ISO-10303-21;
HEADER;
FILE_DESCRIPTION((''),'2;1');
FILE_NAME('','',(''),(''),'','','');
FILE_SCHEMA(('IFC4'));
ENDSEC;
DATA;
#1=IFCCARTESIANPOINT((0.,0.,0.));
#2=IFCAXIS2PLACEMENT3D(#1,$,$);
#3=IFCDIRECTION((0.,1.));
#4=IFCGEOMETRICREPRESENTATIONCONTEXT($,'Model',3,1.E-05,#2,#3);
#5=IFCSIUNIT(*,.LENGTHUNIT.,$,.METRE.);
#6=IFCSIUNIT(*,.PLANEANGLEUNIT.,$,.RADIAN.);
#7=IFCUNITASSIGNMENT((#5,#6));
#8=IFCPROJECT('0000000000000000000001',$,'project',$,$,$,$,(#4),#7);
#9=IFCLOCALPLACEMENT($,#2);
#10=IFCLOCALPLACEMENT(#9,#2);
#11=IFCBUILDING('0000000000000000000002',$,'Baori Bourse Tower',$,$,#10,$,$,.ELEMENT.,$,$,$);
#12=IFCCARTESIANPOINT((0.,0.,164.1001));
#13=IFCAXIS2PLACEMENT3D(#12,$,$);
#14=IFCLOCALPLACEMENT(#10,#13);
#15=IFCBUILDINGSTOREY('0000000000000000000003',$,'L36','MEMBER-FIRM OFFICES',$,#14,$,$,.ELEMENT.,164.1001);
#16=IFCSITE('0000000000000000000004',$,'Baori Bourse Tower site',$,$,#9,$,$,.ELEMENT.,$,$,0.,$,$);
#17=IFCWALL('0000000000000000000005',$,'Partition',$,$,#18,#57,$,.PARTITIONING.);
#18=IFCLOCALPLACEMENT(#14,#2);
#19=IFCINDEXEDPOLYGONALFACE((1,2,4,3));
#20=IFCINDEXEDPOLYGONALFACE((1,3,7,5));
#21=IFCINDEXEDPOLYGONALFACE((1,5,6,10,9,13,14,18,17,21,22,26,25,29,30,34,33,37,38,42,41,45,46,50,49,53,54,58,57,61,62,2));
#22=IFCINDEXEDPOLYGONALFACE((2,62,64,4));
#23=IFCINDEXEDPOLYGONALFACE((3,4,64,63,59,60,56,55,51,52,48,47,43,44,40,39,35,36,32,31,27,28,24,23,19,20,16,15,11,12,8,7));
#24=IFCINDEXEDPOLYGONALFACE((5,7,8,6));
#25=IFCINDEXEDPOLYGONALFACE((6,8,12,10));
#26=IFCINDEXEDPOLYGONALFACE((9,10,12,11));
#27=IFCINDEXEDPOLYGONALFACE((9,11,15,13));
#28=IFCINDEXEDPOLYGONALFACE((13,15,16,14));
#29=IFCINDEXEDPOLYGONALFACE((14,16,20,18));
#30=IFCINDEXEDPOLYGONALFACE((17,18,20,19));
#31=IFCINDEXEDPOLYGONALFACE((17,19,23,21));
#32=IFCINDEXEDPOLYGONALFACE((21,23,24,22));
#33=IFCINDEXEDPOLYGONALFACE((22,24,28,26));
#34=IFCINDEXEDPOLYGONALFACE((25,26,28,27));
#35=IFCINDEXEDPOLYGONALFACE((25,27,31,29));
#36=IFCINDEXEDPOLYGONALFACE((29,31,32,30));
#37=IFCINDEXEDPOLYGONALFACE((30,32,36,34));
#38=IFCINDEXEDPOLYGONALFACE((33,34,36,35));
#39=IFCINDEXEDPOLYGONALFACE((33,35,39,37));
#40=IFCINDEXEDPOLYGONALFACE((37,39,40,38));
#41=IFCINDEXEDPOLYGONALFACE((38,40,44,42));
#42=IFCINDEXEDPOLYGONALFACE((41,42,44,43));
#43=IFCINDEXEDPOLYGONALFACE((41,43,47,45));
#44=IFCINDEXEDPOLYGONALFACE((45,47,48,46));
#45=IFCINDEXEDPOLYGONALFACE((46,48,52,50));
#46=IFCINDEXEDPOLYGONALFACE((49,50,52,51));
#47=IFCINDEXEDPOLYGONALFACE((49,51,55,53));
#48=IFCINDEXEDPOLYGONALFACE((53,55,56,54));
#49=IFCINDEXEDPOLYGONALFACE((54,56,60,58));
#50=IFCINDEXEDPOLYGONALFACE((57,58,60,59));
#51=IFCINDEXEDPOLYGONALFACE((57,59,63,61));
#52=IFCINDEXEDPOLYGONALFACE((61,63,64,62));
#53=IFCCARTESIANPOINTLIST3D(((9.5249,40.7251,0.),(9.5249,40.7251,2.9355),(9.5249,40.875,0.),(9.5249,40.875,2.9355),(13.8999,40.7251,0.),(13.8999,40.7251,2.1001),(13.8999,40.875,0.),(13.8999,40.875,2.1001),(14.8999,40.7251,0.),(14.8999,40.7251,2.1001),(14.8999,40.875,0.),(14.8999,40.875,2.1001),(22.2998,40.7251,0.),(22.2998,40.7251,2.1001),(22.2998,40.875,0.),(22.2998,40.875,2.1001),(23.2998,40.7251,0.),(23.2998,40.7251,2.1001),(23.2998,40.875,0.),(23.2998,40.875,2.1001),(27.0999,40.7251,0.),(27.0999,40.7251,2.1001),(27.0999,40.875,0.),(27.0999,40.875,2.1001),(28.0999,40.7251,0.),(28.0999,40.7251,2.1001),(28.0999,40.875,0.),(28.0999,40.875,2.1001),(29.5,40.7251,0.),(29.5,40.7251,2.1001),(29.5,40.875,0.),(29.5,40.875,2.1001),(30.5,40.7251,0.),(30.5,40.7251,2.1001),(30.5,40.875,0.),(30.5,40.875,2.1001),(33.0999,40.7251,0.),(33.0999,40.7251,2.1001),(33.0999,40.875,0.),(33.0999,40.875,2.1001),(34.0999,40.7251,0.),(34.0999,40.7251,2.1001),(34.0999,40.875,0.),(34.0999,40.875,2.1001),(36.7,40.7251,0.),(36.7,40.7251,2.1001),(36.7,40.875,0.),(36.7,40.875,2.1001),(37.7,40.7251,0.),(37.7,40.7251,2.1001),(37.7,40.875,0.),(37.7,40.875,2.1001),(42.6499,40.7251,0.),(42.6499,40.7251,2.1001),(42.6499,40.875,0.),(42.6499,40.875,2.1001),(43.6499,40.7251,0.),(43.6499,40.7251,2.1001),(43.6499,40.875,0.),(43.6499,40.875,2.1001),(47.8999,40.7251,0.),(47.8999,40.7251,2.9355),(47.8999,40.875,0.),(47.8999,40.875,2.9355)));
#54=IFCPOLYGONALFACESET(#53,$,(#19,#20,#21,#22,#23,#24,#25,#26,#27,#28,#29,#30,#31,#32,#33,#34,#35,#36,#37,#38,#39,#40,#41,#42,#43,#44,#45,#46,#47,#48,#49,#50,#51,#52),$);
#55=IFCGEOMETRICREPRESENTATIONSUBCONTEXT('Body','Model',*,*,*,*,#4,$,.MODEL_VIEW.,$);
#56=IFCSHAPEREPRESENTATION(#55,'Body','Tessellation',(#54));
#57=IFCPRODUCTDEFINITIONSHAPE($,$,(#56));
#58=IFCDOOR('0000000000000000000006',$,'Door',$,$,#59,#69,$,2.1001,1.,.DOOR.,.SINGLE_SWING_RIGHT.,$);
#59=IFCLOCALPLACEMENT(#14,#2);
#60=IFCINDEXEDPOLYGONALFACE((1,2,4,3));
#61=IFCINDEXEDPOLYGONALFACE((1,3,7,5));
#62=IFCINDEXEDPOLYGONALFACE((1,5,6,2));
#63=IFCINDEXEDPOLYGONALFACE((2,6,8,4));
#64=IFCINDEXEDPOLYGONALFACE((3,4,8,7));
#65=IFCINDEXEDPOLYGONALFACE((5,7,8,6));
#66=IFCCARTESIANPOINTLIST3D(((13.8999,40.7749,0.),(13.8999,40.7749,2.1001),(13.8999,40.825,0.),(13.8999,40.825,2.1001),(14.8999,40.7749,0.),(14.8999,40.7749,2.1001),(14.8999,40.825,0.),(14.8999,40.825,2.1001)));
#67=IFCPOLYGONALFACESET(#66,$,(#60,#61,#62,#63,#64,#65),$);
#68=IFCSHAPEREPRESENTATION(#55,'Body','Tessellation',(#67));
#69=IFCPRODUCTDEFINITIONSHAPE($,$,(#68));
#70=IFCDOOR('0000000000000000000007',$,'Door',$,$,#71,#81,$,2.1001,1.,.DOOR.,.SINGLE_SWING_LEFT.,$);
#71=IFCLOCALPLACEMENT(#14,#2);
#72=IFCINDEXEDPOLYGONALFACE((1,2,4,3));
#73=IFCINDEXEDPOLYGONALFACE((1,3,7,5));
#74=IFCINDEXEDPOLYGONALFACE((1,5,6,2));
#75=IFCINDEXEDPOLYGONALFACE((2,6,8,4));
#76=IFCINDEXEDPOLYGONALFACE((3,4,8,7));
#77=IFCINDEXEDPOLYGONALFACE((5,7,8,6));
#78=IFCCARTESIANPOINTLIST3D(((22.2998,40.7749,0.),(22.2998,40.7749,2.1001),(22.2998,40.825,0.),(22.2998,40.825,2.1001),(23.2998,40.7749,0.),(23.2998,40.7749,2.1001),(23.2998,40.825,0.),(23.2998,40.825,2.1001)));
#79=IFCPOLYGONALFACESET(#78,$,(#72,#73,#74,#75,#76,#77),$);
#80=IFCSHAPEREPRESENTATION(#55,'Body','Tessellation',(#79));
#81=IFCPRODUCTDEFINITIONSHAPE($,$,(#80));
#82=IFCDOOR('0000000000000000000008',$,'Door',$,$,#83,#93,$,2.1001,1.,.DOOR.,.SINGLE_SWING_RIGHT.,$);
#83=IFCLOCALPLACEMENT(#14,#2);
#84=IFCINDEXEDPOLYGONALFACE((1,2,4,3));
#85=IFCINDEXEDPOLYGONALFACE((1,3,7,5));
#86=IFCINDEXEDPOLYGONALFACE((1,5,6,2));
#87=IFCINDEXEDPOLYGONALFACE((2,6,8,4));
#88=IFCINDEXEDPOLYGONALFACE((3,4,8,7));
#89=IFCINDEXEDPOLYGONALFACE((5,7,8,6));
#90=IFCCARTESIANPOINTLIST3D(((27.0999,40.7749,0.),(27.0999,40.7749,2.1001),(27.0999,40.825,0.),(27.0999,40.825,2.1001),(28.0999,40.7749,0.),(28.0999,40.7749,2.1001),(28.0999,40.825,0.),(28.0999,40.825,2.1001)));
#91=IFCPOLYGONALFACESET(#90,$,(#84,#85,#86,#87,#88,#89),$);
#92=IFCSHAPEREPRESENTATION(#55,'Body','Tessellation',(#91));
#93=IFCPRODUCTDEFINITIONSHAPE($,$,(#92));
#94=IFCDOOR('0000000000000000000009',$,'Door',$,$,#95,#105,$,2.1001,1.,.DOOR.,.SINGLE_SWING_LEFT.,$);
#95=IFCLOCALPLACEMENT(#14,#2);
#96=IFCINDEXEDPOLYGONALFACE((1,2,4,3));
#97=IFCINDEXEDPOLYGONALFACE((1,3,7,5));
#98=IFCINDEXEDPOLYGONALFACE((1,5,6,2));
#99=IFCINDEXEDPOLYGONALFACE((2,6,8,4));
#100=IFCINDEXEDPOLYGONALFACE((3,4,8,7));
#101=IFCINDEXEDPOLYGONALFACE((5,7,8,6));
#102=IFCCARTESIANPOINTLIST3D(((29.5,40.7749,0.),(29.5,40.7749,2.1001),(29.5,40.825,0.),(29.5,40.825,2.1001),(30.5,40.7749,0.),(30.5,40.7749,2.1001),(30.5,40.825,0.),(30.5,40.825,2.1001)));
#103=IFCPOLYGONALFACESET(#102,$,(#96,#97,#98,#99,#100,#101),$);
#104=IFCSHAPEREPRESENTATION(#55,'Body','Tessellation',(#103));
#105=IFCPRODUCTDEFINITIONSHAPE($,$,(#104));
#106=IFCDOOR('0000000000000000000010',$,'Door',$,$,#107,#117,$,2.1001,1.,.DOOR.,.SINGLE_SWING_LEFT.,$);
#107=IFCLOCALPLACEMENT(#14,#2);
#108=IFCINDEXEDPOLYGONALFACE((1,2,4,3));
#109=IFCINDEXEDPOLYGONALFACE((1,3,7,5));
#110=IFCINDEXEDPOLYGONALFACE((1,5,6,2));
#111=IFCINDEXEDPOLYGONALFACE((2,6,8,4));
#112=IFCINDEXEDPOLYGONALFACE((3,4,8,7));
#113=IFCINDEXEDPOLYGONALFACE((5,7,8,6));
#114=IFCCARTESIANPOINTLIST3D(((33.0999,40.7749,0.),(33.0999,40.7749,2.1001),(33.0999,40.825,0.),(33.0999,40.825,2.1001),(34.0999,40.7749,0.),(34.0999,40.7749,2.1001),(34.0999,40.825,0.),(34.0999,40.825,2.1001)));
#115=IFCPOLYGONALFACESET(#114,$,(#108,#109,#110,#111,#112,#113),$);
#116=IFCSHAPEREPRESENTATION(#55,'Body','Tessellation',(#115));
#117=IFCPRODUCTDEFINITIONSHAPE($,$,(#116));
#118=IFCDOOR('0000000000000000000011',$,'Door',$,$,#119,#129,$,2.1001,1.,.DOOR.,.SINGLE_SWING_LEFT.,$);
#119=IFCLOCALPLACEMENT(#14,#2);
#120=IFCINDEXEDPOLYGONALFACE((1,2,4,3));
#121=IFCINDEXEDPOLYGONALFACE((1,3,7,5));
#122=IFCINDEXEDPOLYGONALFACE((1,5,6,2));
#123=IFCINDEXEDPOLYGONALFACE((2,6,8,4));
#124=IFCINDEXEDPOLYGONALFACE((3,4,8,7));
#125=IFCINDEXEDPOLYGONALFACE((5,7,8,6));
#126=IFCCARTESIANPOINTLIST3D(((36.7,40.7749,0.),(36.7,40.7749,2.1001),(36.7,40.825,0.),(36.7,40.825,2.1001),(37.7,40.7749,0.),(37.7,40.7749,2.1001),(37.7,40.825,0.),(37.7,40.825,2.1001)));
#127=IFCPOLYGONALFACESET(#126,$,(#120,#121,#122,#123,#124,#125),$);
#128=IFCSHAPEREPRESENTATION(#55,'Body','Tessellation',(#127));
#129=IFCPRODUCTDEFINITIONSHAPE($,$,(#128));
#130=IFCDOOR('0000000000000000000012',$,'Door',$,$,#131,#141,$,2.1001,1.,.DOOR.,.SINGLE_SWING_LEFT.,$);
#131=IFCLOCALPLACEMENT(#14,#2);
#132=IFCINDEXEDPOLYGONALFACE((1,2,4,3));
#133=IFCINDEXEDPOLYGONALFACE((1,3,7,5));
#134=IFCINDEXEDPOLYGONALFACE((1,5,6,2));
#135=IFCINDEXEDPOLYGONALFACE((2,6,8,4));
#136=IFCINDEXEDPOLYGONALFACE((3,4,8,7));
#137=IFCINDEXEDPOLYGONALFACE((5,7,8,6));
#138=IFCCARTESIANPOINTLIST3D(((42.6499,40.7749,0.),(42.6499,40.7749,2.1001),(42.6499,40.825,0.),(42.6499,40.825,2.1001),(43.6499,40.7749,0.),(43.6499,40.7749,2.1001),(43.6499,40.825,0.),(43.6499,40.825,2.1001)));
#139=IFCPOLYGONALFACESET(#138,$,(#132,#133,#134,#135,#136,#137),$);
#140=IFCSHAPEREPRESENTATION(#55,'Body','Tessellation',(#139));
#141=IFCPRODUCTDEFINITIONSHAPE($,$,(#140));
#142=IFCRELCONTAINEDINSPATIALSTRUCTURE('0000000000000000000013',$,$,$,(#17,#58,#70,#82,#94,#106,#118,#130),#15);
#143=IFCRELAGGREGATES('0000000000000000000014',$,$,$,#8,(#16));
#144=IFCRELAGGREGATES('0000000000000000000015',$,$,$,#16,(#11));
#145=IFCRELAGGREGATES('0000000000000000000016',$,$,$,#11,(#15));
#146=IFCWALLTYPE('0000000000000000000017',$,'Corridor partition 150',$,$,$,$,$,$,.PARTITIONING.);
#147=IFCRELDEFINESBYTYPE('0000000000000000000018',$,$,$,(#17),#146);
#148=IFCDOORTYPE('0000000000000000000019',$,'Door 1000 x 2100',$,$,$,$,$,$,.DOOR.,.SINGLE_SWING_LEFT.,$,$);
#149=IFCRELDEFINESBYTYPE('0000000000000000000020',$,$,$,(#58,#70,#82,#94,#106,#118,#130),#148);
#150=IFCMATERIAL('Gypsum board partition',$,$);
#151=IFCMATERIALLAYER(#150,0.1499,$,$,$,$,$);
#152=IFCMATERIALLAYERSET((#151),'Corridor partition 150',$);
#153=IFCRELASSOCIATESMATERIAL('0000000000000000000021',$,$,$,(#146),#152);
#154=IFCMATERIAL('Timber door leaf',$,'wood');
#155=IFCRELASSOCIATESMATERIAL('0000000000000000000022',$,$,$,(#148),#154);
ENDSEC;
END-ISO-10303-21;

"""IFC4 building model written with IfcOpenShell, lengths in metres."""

from ifc_helpers import new_model, si_unit, direction, frame, frame_2d, origin, place, context, subcontext, project, spatial, rectangle, extrude, material, layer, layer_set, type_object, element, fill, save


model = new_model("IFC4")

# Units and contexts
model_context = context("Model", 3, precision=1e-05, world=origin(), true_north=direction((0.0, 1.0)))
body_context = subcontext(model_context, "Body", "Model", "MODEL_VIEW")
ifc_project = project(units=[si_unit("LENGTHUNIT", "METRE"), si_unit("PLANEANGLEUNIT", "RADIAN")], contexts=[model_context])

# Site, building, storey
site_placement = place(None, origin())
site = spatial("IfcSite", under=ifc_project, at=site_placement, Name="Baori Bourse Tower site", CompositionType="ELEMENT", RefElevation=0.0)
building_placement = place(site_placement, origin())
building = spatial("IfcBuilding", under=site, at=building_placement, Name="Baori Bourse Tower", CompositionType="ELEMENT")
storey_placement = place(building_placement, frame((0.0, 0.0, 164.1001)))
storey = spatial("IfcBuildingStorey", under=building, at=storey_placement, Name="L36", Description="MEMBER-FIRM OFFICES", CompositionType="ELEMENT", Elevation=164.1001)

# Wall, openings, doors
ifc_material_1 = material(Name="Gypsum board partition")
ifc_layer_1 = layer(ifc_material_1, 0.1499)
ifc_layer_set_1 = layer_set([ifc_layer_1], Name="Corridor partition 150")
wall_type_1 = type_object("IfcWallType", Name="Corridor partition 150", PredefinedType="PARTITIONING", material=ifc_layer_set_1)
wall_1_placement = place(storey_placement, frame((9.5249, 40.8, 0.0), z_axis=(0.0, 0.0, 1.0), x_axis=(1.0, 0.0, 0.0)))
wall_1 = element("IfcWall", 1, at=wall_1_placement, inside=storey, type_object=wall_type_1, Name="Partition", PredefinedType="PARTITIONING", context=body_context, shape_type="SweptSolid", body=[
    extrude(rectangle(XDim=38.375, YDim=0.1499, at=frame_2d((19.1875, 0.0))), origin(), (0.0, 0.0, 1.0), 2.9355),
])
opening_1_placement = place(wall_1_placement, frame((4.375, 0.0, 0.0)))
opening_1 = element("IfcOpeningElement", 2, at=opening_1_placement, cuts=wall_1, PredefinedType="OPENING", context=body_context, shape_type="SweptSolid", body=[
    extrude(rectangle(XDim=1.0, YDim=2.1001, at=frame_2d((0.5, 1.05))), frame((0.0, 0.085, 0.0), z_axis=(0.0, -1.0, 0.0), x_axis=(1.0, 0.0, 0.0)), (0.0, 0.0, 1.0), 0.1699),
])
opening_2_placement = place(wall_1_placement, frame((12.7749, 0.0, 0.0)))
opening_2 = element("IfcOpeningElement", 3, at=opening_2_placement, cuts=wall_1, PredefinedType="OPENING", context=body_context, shape_type="SweptSolid", body=[
    extrude(rectangle(XDim=1.0, YDim=2.1001, at=frame_2d((0.5, 1.05))), frame((0.0, 0.085, 0.0), z_axis=(0.0, -1.0, 0.0), x_axis=(1.0, 0.0, 0.0)), (0.0, 0.0, 1.0), 0.1699),
])
opening_3_placement = place(wall_1_placement, frame((17.575, 0.0, 0.0)))
opening_3 = element("IfcOpeningElement", 4, at=opening_3_placement, cuts=wall_1, PredefinedType="OPENING", context=body_context, shape_type="SweptSolid", body=[
    extrude(rectangle(XDim=1.0, YDim=2.1001, at=frame_2d((0.5, 1.05))), frame((0.0, 0.085, 0.0), z_axis=(0.0, -1.0, 0.0), x_axis=(1.0, 0.0, 0.0)), (0.0, 0.0, 1.0), 0.1699),
])
opening_4_placement = place(wall_1_placement, frame((19.9751, 0.0, 0.0)))
opening_4 = element("IfcOpeningElement", 5, at=opening_4_placement, cuts=wall_1, PredefinedType="OPENING", context=body_context, shape_type="SweptSolid", body=[
    extrude(rectangle(XDim=1.0, YDim=2.1001, at=frame_2d((0.5, 1.05))), frame((0.0, 0.085, 0.0), z_axis=(0.0, -1.0, 0.0), x_axis=(1.0, 0.0, 0.0)), (0.0, 0.0, 1.0), 0.1699),
])
opening_5_placement = place(wall_1_placement, frame((23.575, 0.0, 0.0)))
opening_5 = element("IfcOpeningElement", 6, at=opening_5_placement, cuts=wall_1, PredefinedType="OPENING", context=body_context, shape_type="SweptSolid", body=[
    extrude(rectangle(XDim=1.0, YDim=2.1001, at=frame_2d((0.5, 1.05))), frame((0.0, 0.085, 0.0), z_axis=(0.0, -1.0, 0.0), x_axis=(1.0, 0.0, 0.0)), (0.0, 0.0, 1.0), 0.1699),
])
opening_6_placement = place(wall_1_placement, frame((27.175, 0.0, 0.0)))
opening_6 = element("IfcOpeningElement", 7, at=opening_6_placement, cuts=wall_1, PredefinedType="OPENING", context=body_context, shape_type="SweptSolid", body=[
    extrude(rectangle(XDim=1.0, YDim=2.1001, at=frame_2d((0.5, 1.05))), frame((0.0, 0.085, 0.0), z_axis=(0.0, -1.0, 0.0), x_axis=(1.0, 0.0, 0.0)), (0.0, 0.0, 1.0), 0.1699),
])
opening_7_placement = place(wall_1_placement, frame((33.125, 0.0, 0.0)))
opening_7 = element("IfcOpeningElement", 8, at=opening_7_placement, cuts=wall_1, PredefinedType="OPENING", context=body_context, shape_type="SweptSolid", body=[
    extrude(rectangle(XDim=1.0, YDim=2.1001, at=frame_2d((0.5, 1.05))), frame((0.0, 0.085, 0.0), z_axis=(0.0, -1.0, 0.0), x_axis=(1.0, 0.0, 0.0)), (0.0, 0.0, 1.0), 0.1699),
])
ifc_material_2 = material(Name="Timber door leaf", Category="wood")
door_type = type_object("IfcDoorType", Name="Door 1000 x 2100", OperationType="SINGLE_SWING_LEFT", PredefinedType="DOOR", material=ifc_material_2)
door_1_placement = place(opening_1_placement, origin())
door_1 = element("IfcDoor", 9, at=door_1_placement, inside=storey, type_object=door_type, Name="Door", OperationType="SINGLE_SWING_RIGHT", OverallHeight=2.1001, OverallWidth=1.0, PredefinedType="DOOR", context=body_context, shape_type="SweptSolid", body=[
    extrude(rectangle(XDim=1.0, YDim=2.1001, at=frame_2d((0.5, 1.05))), frame((0.0, 0.0249, 0.0), z_axis=(0.0, -1.0, 0.0), x_axis=(1.0, 0.0, 0.0)), (0.0, 0.0, 1.0), 0.05),
])
fill(opening_1, door_1)
door_2_placement = place(opening_2_placement, origin())
door_2 = element("IfcDoor", 10, at=door_2_placement, inside=storey, type_object=door_type, Name="Door", OperationType="SINGLE_SWING_LEFT", OverallHeight=2.1001, OverallWidth=1.0, PredefinedType="DOOR", context=body_context, shape_type="SweptSolid", body=[
    extrude(rectangle(XDim=1.0, YDim=2.1001, at=frame_2d((0.5, 1.05))), frame((0.0, 0.0249, 0.0), z_axis=(0.0, -1.0, 0.0), x_axis=(1.0, 0.0, 0.0)), (0.0, 0.0, 1.0), 0.05),
])
fill(opening_2, door_2)
door_3_placement = place(opening_3_placement, origin())
door_3 = element("IfcDoor", 11, at=door_3_placement, inside=storey, type_object=door_type, Name="Door", OperationType="SINGLE_SWING_RIGHT", OverallHeight=2.1001, OverallWidth=1.0, PredefinedType="DOOR", context=body_context, shape_type="SweptSolid", body=[
    extrude(rectangle(XDim=1.0, YDim=2.1001, at=frame_2d((0.5, 1.05))), frame((0.0, 0.0249, 0.0), z_axis=(0.0, -1.0, 0.0), x_axis=(1.0, 0.0, 0.0)), (0.0, 0.0, 1.0), 0.05),
])
fill(opening_3, door_3)
door_4_placement = place(opening_4_placement, origin())
door_4 = element("IfcDoor", 12, at=door_4_placement, inside=storey, type_object=door_type, Name="Door", OperationType="SINGLE_SWING_LEFT", OverallHeight=2.1001, OverallWidth=1.0, PredefinedType="DOOR", context=body_context, shape_type="SweptSolid", body=[
    extrude(rectangle(XDim=1.0, YDim=2.1001, at=frame_2d((0.5, 1.05))), frame((0.0, 0.0249, 0.0), z_axis=(0.0, -1.0, 0.0), x_axis=(1.0, 0.0, 0.0)), (0.0, 0.0, 1.0), 0.05),
])
fill(opening_4, door_4)
door_5_placement = place(opening_5_placement, origin())
door_5 = element("IfcDoor", 13, at=door_5_placement, inside=storey, type_object=door_type, Name="Door", OperationType="SINGLE_SWING_LEFT", OverallHeight=2.1001, OverallWidth=1.0, PredefinedType="DOOR", context=body_context, shape_type="SweptSolid", body=[
    extrude(rectangle(XDim=1.0, YDim=2.1001, at=frame_2d((0.5, 1.05))), frame((0.0, 0.0249, 0.0), z_axis=(0.0, -1.0, 0.0), x_axis=(1.0, 0.0, 0.0)), (0.0, 0.0, 1.0), 0.05),
])
fill(opening_5, door_5)
door_6_placement = place(opening_6_placement, origin())
door_6 = element("IfcDoor", 14, at=door_6_placement, inside=storey, type_object=door_type, Name="Door", OperationType="SINGLE_SWING_LEFT", OverallHeight=2.1001, OverallWidth=1.0, PredefinedType="DOOR", context=body_context, shape_type="SweptSolid", body=[
    extrude(rectangle(XDim=1.0, YDim=2.1001, at=frame_2d((0.5, 1.05))), frame((0.0, 0.0249, 0.0), z_axis=(0.0, -1.0, 0.0), x_axis=(1.0, 0.0, 0.0)), (0.0, 0.0, 1.0), 0.05),
])
fill(opening_6, door_6)
door_7_placement = place(opening_7_placement, origin())
door_7 = element("IfcDoor", 15, at=door_7_placement, inside=storey, type_object=door_type, Name="Door", OperationType="SINGLE_SWING_LEFT", OverallHeight=2.1001, OverallWidth=1.0, PredefinedType="DOOR", context=body_context, shape_type="SweptSolid", body=[
    extrude(rectangle(XDim=1.0, YDim=2.1001, at=frame_2d((0.5, 1.05))), frame((0.0, 0.0249, 0.0), z_axis=(0.0, -1.0, 0.0), x_axis=(1.0, 0.0, 0.0)), (0.0, 0.0, 1.0), 0.05),
])
fill(opening_7, door_7)

save(model, "model.ifc")
